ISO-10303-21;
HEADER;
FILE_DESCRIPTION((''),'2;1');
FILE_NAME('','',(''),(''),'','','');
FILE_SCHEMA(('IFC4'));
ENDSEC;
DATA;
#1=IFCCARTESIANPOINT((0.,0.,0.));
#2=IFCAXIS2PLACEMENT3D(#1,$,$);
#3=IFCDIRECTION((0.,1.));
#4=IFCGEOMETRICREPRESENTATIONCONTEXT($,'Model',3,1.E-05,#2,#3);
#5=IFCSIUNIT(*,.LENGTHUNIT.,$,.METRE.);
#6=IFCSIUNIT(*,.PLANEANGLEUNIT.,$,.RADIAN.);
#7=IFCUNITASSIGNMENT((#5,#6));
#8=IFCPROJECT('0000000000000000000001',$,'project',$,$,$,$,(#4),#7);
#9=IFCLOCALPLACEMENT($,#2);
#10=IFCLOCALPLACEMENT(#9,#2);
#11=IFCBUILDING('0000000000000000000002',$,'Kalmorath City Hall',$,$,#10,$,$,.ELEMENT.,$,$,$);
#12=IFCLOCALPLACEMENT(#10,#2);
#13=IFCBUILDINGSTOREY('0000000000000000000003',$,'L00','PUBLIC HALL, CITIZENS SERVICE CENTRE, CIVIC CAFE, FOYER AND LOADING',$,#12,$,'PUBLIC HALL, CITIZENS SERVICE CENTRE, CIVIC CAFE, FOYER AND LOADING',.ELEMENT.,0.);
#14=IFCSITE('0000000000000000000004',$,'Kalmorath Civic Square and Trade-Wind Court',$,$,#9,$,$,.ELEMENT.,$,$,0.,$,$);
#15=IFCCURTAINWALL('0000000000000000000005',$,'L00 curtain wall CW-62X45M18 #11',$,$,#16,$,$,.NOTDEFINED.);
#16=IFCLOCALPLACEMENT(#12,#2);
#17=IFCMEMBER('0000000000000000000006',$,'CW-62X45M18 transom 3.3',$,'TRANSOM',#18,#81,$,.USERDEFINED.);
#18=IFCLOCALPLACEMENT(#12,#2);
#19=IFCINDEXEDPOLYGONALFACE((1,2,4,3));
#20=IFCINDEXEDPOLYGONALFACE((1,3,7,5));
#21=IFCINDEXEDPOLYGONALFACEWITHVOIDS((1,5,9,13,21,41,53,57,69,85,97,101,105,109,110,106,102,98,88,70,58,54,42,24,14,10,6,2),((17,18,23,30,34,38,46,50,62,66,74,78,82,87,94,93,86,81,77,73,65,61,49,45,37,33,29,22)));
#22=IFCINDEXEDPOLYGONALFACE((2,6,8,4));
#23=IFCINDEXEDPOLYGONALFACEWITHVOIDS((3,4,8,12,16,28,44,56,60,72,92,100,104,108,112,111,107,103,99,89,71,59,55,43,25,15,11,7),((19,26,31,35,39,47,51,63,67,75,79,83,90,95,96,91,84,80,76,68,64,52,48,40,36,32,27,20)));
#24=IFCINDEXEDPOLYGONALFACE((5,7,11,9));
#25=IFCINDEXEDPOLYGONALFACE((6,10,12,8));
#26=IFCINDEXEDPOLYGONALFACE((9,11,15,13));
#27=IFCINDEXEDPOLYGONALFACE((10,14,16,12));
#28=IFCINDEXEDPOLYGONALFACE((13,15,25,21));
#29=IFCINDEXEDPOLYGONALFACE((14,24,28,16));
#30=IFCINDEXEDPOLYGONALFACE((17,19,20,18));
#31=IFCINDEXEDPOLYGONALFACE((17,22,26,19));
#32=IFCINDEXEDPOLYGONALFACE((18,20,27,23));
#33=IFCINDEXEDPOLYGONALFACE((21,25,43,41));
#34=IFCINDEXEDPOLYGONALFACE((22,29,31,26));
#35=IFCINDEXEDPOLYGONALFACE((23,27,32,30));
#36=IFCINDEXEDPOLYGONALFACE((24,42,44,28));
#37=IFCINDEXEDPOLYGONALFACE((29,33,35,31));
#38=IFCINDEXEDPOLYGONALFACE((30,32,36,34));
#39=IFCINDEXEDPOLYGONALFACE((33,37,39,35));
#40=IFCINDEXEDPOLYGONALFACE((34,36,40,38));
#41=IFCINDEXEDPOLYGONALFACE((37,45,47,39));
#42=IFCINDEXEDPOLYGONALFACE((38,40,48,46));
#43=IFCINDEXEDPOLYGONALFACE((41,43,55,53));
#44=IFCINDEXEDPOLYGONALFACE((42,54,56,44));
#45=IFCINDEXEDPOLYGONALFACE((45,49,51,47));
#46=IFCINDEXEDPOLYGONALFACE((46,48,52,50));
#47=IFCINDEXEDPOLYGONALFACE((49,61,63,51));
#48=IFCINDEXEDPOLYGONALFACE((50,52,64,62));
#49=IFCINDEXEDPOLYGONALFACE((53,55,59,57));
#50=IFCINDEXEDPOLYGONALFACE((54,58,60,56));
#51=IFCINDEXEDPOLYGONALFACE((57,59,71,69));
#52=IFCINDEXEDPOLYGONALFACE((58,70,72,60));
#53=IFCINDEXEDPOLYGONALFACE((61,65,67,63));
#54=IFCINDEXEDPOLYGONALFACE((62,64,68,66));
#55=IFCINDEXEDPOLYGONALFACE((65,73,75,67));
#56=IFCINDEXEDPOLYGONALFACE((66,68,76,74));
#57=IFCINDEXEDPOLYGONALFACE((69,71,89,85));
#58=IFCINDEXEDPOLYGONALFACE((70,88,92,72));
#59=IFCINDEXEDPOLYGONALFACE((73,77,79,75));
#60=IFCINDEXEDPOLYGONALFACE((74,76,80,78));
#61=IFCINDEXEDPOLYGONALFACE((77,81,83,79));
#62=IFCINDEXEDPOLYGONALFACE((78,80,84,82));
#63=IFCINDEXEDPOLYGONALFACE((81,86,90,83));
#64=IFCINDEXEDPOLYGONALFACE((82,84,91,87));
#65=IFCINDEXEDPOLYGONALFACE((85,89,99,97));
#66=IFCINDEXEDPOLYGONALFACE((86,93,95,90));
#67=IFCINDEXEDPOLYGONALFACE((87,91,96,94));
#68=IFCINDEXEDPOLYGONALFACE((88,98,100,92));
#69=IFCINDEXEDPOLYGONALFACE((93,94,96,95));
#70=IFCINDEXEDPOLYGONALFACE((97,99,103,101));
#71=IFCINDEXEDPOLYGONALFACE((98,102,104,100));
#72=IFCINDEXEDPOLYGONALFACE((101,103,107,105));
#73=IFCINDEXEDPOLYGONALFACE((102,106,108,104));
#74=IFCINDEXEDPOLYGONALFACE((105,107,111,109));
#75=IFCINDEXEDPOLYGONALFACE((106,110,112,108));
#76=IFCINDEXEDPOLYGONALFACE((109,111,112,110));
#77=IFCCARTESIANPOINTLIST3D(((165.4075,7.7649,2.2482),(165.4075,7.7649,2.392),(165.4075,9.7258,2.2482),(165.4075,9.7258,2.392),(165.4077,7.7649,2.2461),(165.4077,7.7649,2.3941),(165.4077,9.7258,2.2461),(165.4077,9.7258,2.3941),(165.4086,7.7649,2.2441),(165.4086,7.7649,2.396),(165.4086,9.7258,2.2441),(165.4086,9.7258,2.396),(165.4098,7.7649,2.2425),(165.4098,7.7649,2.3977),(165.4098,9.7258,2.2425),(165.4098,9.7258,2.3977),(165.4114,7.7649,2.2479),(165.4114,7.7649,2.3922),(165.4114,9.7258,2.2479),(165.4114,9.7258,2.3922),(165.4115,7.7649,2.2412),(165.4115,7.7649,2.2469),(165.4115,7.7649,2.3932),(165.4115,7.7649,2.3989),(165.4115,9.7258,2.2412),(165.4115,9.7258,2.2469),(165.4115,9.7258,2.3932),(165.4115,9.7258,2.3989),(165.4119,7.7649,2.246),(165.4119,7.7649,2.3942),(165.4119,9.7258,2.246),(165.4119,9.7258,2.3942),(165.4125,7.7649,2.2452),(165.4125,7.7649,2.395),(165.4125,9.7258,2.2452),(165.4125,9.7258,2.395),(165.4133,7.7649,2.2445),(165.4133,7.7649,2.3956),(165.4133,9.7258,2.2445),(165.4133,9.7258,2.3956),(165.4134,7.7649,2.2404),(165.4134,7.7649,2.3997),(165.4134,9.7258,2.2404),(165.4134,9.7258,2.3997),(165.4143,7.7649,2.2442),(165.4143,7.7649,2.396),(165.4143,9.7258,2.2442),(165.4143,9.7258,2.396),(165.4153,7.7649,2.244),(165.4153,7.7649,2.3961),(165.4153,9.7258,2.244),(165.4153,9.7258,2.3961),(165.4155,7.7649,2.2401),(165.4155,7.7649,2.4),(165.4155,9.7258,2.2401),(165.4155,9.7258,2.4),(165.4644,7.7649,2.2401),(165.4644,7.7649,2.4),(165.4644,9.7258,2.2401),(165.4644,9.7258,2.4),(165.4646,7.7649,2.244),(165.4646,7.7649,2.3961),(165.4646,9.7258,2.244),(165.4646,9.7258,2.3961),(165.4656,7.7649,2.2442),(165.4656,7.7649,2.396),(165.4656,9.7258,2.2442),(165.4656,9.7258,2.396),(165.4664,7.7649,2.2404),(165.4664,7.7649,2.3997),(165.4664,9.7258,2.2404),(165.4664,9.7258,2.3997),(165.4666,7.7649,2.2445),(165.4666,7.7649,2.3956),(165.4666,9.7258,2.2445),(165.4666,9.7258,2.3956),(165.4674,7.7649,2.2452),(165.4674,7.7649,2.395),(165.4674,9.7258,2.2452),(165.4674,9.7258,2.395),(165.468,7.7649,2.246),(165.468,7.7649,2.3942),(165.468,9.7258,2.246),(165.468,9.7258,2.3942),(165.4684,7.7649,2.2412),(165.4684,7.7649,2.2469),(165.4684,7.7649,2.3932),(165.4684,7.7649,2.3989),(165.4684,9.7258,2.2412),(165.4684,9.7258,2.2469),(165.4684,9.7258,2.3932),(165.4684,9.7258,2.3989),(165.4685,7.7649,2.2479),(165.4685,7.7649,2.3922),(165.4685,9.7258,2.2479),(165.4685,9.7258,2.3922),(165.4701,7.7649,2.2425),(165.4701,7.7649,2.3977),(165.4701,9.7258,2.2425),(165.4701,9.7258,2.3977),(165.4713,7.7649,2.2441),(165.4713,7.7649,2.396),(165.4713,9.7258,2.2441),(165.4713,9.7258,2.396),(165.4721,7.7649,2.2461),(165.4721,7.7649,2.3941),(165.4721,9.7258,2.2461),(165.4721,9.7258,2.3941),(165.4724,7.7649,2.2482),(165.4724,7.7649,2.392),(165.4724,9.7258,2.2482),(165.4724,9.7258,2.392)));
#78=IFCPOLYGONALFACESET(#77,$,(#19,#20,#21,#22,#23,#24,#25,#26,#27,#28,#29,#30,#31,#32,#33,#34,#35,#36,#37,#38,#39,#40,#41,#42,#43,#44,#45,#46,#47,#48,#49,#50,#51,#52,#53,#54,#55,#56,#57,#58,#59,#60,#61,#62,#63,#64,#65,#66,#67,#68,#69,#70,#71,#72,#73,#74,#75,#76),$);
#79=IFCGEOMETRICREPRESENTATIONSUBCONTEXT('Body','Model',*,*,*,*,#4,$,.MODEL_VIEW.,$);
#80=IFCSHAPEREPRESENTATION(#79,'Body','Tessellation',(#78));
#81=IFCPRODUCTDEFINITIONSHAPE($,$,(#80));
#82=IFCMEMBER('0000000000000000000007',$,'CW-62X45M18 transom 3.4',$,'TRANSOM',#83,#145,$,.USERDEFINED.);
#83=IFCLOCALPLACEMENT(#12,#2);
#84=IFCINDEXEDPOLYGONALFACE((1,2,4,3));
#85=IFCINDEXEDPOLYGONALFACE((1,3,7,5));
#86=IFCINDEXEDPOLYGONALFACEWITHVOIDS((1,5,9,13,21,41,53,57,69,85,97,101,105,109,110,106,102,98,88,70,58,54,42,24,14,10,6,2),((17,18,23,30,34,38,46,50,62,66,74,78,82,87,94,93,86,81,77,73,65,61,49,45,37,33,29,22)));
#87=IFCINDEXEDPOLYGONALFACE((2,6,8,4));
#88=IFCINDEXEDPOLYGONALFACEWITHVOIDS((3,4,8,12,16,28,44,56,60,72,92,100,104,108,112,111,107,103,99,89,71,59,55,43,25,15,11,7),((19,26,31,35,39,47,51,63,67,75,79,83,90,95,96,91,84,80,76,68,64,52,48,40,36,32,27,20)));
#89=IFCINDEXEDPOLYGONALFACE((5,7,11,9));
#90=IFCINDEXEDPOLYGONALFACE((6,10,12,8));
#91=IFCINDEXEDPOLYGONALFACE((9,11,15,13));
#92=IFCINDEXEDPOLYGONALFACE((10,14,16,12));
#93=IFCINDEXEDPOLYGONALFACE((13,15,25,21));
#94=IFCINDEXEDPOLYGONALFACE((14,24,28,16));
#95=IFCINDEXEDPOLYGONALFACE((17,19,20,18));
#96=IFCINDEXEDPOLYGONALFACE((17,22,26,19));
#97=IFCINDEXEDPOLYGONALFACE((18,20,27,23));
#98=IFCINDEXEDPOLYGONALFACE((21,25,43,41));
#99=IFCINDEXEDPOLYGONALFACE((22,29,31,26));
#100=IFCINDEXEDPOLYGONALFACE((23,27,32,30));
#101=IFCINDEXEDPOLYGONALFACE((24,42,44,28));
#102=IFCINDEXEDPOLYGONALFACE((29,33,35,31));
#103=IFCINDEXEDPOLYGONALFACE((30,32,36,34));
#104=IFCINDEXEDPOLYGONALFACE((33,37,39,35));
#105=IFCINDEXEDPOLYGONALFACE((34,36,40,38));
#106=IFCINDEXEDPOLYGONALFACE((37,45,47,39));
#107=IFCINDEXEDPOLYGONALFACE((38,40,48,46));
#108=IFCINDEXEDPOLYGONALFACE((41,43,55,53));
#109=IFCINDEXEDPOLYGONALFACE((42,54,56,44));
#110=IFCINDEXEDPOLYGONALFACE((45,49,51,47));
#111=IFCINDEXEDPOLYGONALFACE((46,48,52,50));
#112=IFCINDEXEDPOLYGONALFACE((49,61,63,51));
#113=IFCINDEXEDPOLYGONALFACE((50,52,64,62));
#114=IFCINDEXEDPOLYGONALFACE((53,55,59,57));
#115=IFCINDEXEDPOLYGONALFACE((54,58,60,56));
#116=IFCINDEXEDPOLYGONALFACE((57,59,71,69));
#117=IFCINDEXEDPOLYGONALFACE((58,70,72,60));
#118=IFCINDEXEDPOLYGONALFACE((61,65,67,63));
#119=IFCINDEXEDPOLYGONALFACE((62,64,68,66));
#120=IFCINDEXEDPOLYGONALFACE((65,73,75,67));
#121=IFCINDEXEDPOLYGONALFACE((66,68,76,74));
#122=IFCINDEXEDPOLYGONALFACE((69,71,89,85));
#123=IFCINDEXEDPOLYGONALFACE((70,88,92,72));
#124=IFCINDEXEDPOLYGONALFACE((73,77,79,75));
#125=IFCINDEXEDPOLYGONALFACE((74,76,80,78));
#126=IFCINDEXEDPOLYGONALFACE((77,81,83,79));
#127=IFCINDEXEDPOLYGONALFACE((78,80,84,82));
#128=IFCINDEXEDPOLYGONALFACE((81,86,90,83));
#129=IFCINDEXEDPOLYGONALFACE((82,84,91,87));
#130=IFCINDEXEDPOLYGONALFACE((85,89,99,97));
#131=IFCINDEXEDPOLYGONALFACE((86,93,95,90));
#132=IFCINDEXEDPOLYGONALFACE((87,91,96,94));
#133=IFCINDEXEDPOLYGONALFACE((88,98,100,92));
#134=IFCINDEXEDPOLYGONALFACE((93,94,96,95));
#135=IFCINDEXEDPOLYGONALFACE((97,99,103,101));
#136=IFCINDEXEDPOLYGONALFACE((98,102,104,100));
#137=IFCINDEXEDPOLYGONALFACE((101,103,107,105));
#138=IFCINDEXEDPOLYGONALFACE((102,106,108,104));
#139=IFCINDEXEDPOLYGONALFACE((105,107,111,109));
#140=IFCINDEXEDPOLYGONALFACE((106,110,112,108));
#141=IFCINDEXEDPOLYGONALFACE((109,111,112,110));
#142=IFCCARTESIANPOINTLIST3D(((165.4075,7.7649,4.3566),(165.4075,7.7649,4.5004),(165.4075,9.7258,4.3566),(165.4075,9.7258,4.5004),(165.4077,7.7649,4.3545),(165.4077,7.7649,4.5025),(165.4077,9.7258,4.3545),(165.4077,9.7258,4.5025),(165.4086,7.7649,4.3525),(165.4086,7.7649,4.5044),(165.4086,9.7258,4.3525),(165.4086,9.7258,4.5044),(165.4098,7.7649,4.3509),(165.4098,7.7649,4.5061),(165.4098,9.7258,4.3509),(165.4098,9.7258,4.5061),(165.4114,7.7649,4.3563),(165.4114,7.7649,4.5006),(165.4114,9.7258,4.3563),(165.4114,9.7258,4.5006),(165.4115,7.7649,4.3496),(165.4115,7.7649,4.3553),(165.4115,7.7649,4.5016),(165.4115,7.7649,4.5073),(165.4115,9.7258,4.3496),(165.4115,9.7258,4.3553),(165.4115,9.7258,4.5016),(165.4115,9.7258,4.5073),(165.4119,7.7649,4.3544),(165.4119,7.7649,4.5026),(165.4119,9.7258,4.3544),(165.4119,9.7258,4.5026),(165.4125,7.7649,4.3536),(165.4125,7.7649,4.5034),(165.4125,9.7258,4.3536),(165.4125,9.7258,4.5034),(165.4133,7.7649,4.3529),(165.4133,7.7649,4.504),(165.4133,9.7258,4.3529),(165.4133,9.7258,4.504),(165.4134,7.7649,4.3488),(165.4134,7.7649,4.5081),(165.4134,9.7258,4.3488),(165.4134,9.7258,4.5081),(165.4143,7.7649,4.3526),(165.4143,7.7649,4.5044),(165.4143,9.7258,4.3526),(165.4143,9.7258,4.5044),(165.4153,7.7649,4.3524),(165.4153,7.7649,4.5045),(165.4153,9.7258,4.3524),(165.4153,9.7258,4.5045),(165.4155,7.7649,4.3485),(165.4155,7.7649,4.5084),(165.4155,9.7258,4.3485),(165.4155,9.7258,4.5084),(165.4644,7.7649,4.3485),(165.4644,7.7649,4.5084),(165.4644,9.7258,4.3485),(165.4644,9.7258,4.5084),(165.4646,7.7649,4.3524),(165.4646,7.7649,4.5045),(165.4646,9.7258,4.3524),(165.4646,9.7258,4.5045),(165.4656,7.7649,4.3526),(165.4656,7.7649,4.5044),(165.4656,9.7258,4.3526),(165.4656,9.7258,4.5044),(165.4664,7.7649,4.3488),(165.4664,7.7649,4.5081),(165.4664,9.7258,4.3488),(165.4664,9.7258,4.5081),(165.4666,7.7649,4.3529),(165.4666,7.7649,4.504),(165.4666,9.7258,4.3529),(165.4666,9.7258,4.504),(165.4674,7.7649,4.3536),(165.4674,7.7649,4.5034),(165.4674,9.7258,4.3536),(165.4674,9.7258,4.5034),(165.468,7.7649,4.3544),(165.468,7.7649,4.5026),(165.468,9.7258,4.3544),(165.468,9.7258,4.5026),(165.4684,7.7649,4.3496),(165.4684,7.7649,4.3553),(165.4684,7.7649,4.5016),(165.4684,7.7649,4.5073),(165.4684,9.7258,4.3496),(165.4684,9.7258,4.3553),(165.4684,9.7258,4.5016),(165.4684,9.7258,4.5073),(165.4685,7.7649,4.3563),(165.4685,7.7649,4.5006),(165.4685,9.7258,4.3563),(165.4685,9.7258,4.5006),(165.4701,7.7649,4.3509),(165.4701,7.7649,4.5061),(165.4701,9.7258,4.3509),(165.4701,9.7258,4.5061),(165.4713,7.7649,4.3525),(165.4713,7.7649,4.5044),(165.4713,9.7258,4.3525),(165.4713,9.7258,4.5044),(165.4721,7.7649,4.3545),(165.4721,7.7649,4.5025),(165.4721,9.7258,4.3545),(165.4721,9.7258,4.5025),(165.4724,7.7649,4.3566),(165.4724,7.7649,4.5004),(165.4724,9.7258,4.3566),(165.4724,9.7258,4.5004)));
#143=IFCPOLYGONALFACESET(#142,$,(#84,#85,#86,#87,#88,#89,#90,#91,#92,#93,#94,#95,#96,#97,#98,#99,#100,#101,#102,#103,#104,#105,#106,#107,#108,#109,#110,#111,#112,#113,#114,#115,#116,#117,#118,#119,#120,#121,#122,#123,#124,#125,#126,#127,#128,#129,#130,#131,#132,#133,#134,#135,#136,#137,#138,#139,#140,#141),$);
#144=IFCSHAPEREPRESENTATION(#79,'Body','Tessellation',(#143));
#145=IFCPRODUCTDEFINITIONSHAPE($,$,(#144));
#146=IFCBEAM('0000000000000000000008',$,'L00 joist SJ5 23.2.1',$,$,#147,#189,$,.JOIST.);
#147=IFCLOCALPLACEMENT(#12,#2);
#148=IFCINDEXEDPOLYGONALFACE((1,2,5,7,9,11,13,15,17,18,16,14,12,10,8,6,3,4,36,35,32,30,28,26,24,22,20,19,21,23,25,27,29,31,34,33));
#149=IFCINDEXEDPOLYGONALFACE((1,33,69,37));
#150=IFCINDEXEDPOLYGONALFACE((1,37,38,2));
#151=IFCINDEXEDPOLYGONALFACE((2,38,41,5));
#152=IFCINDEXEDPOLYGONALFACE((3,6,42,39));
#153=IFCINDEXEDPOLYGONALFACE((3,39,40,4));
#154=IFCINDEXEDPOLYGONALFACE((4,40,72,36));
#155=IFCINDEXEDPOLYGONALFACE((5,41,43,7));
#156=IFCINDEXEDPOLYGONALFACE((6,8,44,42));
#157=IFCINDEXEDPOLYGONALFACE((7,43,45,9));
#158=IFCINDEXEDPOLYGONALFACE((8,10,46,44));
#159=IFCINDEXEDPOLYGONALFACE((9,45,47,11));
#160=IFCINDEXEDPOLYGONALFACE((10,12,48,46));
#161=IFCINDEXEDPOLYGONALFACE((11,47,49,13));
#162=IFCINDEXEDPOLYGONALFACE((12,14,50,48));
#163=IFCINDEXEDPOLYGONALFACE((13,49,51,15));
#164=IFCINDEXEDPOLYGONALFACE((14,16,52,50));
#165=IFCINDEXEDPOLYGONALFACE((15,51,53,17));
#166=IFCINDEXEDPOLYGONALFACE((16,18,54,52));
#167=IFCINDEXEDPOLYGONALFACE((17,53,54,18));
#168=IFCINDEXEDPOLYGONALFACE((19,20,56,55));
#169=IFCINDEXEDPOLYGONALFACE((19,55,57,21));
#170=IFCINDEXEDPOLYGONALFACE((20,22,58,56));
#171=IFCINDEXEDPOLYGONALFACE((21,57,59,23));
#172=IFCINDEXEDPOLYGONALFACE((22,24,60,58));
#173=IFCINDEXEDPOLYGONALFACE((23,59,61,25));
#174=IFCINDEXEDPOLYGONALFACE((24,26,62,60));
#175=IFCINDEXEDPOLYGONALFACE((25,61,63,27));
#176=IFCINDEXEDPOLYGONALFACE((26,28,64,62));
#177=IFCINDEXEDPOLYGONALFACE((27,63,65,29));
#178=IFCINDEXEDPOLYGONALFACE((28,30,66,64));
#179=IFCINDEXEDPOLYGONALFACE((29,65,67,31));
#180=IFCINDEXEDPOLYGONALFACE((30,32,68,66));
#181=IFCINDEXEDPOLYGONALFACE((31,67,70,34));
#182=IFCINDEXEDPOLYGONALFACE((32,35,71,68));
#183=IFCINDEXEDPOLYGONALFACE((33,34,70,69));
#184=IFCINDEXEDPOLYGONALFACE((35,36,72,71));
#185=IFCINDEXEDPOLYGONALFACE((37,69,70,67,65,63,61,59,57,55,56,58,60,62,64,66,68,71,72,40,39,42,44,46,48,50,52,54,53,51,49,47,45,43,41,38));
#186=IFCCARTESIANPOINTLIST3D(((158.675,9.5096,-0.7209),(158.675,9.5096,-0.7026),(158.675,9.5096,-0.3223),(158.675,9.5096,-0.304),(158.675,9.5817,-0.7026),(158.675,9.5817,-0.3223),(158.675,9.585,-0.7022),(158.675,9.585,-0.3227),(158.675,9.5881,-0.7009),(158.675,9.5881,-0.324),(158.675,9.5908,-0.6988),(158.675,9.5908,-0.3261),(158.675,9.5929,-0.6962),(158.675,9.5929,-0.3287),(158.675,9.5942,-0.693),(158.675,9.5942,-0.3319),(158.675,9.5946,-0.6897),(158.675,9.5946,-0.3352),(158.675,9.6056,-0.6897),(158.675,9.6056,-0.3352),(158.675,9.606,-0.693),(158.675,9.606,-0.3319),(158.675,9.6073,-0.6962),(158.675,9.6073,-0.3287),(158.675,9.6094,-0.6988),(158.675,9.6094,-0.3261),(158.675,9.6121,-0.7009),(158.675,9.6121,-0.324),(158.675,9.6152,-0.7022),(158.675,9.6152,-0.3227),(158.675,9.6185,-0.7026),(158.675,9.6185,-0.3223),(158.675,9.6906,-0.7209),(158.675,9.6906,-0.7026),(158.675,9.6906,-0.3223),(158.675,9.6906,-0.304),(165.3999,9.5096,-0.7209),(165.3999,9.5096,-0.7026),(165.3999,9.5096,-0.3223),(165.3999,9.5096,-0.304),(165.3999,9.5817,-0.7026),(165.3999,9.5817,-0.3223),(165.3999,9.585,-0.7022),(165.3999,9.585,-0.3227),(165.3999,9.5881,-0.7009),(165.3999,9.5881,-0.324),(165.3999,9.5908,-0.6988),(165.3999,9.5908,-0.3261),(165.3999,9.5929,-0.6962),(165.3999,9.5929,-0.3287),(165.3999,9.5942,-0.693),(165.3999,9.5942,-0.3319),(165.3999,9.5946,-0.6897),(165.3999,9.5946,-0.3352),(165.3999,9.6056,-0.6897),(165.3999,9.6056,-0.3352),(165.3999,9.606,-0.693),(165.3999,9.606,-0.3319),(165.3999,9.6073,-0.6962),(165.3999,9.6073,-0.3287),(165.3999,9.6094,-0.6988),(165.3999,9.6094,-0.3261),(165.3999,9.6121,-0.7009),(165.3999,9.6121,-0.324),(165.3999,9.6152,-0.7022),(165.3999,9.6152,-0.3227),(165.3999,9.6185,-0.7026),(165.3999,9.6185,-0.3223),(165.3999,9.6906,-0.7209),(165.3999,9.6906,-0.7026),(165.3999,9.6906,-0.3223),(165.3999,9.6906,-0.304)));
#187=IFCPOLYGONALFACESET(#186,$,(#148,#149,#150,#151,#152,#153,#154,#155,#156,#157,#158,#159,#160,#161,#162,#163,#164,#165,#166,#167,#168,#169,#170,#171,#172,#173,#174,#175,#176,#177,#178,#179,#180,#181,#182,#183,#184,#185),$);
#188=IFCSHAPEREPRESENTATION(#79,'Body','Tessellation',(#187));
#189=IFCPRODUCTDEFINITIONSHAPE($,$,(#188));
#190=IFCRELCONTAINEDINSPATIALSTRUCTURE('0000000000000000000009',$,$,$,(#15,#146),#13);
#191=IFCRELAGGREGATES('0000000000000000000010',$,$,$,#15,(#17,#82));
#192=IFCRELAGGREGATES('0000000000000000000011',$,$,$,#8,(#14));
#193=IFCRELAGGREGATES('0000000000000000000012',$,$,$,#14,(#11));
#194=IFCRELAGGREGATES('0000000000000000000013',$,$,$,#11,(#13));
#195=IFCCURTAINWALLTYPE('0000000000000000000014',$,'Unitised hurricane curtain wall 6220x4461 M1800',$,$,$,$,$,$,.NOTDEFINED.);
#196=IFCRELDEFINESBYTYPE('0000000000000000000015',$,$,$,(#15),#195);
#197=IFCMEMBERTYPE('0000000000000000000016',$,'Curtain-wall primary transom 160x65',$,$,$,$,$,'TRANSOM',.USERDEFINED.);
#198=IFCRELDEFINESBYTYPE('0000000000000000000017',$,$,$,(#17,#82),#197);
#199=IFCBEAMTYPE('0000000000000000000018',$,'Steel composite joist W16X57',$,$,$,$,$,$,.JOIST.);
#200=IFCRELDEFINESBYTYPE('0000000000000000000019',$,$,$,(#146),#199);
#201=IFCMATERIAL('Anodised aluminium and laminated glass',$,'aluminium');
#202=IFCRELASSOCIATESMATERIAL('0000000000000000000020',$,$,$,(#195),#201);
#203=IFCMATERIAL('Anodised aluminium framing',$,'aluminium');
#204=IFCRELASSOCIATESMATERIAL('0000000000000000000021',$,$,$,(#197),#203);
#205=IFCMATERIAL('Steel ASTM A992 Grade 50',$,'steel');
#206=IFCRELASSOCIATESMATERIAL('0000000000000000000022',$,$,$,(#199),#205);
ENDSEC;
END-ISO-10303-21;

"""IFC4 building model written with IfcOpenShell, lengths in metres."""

from ifc_helpers import new_model, si_unit, direction, frame, origin, origin_2d, place, context, subcontext, project, spatial, hollow_rectangle, i_section, extrude, material, material_profile, profile_set, type_object, element, aggregate, save


model = new_model("IFC4")

# Units and contexts
model_context = context("Model", 3, precision=1e-05, world=origin(), true_north=direction((0.0, 1.0)))
body_context = subcontext(model_context, "Body", "Model", "MODEL_VIEW")
ifc_project = project(units=[si_unit("LENGTHUNIT", "METRE"), si_unit("PLANEANGLEUNIT", "RADIAN")], contexts=[model_context])

# Site, building, storey
site_placement = place(None, origin())
site = spatial("IfcSite", under=ifc_project, at=site_placement, Name="Kalmorath Civic Square and Trade-Wind Court", CompositionType="ELEMENT", RefElevation=0.0)
building_placement = place(site_placement, origin())
building = spatial("IfcBuilding", under=site, at=building_placement, Name="Kalmorath City Hall", CompositionType="ELEMENT")
storey_placement = place(building_placement, origin())
storey = spatial("IfcBuildingStorey", under=building, at=storey_placement, Name="L00", Description="PUBLIC HALL, CITIZENS SERVICE CENTRE, CIVIC CAFE, FOYER AND LOADING", LongName="PUBLIC HALL, CITIZENS SERVICE CENTRE, CIVIC CAFE, FOYER AND LOADING", CompositionType="ELEMENT", Elevation=0.0)

# Curtain wall, members
ifc_material_1 = material(Name="Anodised aluminium and laminated glass", Category="aluminium")
curtain_wall_type = type_object("IfcCurtainWallType", Name="Unitised hurricane curtain wall 6220x4461 M1800", PredefinedType="NOTDEFINED", material=ifc_material_1)
curtain_wall_placement = place(storey_placement, origin())
curtain_wall = element("IfcCurtainWall", 1, at=curtain_wall_placement, inside=storey, type_object=curtain_wall_type, Name="L00 curtain wall CW-62X45M18 #11", PredefinedType="NOTDEFINED")
ifc_material_2 = material(Name="Anodised aluminium framing", Category="aluminium")
ifc_material_profile_1 = material_profile(ifc_material_2, hollow_rectangle(XDim=0.0649, YDim=0.1599, WallThickness=0.0039, InnerFilletRadius=0.0039, OuterFilletRadius=0.0081, at=origin_2d()), Name="ALU-TRN-160X65X4")
ifc_profile_set_1 = profile_set([ifc_material_profile_1], Name="Anodised aluminium framing")
member_type_1 = type_object("IfcMemberType", Name="Curtain-wall primary transom 160x65", ElementType="TRANSOM", PredefinedType="USERDEFINED", material=ifc_profile_set_1)
member_1_placement = place(storey_placement, frame((165.4399, 9.7258, 2.3201), z_axis=(0.0, -1.0, 0.0), x_axis=(1.0, 0.0, 0.0)))
member_1 = element("IfcMember", 2, at=member_1_placement, type_object=member_type_1, Name="CW-62X45M18 transom 3.3", ObjectType="TRANSOM", PredefinedType="USERDEFINED", context=body_context, shape_type="SweptSolid", body=[
    extrude(hollow_rectangle(XDim=0.0649, YDim=0.1599, WallThickness=0.0039, InnerFilletRadius=0.0039, OuterFilletRadius=0.0081, at=origin_2d()), origin(), (0.0, 0.0, 1.0), 1.9609),
])
member_2_placement = place(storey_placement, frame((165.4399, 9.7258, 4.4285), z_axis=(0.0, -1.0, 0.0), x_axis=(1.0, 0.0, 0.0)))
member_2 = element("IfcMember", 3, at=member_2_placement, type_object=member_type_1, Name="CW-62X45M18 transom 3.4", ObjectType="TRANSOM", PredefinedType="USERDEFINED", context=body_context, shape_type="SweptSolid", body=[
    extrude(hollow_rectangle(XDim=0.0649, YDim=0.1599, WallThickness=0.0039, InnerFilletRadius=0.0039, OuterFilletRadius=0.0081, at=origin_2d()), origin(), (0.0, 0.0, 1.0), 1.9609),
])

# Beam
ifc_material_3 = material(Name="Steel ASTM A992 Grade 50", Category="steel")
ifc_material_profile_2 = material_profile(ifc_material_3, i_section(OverallWidth=0.1809, OverallDepth=0.417, WebThickness=0.011, FlangeThickness=0.0183, FilletRadius=0.0129, at=origin_2d()), Name="W16X57")
ifc_profile_set_2 = profile_set([ifc_material_profile_2], Name="Steel ASTM A992 Grade 50")
beam_type_1 = type_object("IfcBeamType", Name="Steel composite joist W16X57", PredefinedType="JOIST", material=ifc_profile_set_2)
beam_1_placement = place(storey_placement, frame((158.675, 9.6001, -0.5125), z_axis=(1.0, 0.0, 0.0), x_axis=(0.0, 1.0, 0.0)))
element("IfcBeam", 4, at=beam_1_placement, inside=storey, type_object=beam_type_1, Name="L00 joist SJ5 23.2.1", PredefinedType="JOIST", context=body_context, shape_type="SweptSolid", body=[
    extrude(i_section(OverallWidth=0.1809, OverallDepth=0.417, WebThickness=0.011, FlangeThickness=0.0183, FilletRadius=0.0129, at=origin_2d()), origin(), (0.0, 0.0, 1.0), 6.7249),
])

aggregate(curtain_wall, [member_1, member_2])

save(model, "model.ifc")
